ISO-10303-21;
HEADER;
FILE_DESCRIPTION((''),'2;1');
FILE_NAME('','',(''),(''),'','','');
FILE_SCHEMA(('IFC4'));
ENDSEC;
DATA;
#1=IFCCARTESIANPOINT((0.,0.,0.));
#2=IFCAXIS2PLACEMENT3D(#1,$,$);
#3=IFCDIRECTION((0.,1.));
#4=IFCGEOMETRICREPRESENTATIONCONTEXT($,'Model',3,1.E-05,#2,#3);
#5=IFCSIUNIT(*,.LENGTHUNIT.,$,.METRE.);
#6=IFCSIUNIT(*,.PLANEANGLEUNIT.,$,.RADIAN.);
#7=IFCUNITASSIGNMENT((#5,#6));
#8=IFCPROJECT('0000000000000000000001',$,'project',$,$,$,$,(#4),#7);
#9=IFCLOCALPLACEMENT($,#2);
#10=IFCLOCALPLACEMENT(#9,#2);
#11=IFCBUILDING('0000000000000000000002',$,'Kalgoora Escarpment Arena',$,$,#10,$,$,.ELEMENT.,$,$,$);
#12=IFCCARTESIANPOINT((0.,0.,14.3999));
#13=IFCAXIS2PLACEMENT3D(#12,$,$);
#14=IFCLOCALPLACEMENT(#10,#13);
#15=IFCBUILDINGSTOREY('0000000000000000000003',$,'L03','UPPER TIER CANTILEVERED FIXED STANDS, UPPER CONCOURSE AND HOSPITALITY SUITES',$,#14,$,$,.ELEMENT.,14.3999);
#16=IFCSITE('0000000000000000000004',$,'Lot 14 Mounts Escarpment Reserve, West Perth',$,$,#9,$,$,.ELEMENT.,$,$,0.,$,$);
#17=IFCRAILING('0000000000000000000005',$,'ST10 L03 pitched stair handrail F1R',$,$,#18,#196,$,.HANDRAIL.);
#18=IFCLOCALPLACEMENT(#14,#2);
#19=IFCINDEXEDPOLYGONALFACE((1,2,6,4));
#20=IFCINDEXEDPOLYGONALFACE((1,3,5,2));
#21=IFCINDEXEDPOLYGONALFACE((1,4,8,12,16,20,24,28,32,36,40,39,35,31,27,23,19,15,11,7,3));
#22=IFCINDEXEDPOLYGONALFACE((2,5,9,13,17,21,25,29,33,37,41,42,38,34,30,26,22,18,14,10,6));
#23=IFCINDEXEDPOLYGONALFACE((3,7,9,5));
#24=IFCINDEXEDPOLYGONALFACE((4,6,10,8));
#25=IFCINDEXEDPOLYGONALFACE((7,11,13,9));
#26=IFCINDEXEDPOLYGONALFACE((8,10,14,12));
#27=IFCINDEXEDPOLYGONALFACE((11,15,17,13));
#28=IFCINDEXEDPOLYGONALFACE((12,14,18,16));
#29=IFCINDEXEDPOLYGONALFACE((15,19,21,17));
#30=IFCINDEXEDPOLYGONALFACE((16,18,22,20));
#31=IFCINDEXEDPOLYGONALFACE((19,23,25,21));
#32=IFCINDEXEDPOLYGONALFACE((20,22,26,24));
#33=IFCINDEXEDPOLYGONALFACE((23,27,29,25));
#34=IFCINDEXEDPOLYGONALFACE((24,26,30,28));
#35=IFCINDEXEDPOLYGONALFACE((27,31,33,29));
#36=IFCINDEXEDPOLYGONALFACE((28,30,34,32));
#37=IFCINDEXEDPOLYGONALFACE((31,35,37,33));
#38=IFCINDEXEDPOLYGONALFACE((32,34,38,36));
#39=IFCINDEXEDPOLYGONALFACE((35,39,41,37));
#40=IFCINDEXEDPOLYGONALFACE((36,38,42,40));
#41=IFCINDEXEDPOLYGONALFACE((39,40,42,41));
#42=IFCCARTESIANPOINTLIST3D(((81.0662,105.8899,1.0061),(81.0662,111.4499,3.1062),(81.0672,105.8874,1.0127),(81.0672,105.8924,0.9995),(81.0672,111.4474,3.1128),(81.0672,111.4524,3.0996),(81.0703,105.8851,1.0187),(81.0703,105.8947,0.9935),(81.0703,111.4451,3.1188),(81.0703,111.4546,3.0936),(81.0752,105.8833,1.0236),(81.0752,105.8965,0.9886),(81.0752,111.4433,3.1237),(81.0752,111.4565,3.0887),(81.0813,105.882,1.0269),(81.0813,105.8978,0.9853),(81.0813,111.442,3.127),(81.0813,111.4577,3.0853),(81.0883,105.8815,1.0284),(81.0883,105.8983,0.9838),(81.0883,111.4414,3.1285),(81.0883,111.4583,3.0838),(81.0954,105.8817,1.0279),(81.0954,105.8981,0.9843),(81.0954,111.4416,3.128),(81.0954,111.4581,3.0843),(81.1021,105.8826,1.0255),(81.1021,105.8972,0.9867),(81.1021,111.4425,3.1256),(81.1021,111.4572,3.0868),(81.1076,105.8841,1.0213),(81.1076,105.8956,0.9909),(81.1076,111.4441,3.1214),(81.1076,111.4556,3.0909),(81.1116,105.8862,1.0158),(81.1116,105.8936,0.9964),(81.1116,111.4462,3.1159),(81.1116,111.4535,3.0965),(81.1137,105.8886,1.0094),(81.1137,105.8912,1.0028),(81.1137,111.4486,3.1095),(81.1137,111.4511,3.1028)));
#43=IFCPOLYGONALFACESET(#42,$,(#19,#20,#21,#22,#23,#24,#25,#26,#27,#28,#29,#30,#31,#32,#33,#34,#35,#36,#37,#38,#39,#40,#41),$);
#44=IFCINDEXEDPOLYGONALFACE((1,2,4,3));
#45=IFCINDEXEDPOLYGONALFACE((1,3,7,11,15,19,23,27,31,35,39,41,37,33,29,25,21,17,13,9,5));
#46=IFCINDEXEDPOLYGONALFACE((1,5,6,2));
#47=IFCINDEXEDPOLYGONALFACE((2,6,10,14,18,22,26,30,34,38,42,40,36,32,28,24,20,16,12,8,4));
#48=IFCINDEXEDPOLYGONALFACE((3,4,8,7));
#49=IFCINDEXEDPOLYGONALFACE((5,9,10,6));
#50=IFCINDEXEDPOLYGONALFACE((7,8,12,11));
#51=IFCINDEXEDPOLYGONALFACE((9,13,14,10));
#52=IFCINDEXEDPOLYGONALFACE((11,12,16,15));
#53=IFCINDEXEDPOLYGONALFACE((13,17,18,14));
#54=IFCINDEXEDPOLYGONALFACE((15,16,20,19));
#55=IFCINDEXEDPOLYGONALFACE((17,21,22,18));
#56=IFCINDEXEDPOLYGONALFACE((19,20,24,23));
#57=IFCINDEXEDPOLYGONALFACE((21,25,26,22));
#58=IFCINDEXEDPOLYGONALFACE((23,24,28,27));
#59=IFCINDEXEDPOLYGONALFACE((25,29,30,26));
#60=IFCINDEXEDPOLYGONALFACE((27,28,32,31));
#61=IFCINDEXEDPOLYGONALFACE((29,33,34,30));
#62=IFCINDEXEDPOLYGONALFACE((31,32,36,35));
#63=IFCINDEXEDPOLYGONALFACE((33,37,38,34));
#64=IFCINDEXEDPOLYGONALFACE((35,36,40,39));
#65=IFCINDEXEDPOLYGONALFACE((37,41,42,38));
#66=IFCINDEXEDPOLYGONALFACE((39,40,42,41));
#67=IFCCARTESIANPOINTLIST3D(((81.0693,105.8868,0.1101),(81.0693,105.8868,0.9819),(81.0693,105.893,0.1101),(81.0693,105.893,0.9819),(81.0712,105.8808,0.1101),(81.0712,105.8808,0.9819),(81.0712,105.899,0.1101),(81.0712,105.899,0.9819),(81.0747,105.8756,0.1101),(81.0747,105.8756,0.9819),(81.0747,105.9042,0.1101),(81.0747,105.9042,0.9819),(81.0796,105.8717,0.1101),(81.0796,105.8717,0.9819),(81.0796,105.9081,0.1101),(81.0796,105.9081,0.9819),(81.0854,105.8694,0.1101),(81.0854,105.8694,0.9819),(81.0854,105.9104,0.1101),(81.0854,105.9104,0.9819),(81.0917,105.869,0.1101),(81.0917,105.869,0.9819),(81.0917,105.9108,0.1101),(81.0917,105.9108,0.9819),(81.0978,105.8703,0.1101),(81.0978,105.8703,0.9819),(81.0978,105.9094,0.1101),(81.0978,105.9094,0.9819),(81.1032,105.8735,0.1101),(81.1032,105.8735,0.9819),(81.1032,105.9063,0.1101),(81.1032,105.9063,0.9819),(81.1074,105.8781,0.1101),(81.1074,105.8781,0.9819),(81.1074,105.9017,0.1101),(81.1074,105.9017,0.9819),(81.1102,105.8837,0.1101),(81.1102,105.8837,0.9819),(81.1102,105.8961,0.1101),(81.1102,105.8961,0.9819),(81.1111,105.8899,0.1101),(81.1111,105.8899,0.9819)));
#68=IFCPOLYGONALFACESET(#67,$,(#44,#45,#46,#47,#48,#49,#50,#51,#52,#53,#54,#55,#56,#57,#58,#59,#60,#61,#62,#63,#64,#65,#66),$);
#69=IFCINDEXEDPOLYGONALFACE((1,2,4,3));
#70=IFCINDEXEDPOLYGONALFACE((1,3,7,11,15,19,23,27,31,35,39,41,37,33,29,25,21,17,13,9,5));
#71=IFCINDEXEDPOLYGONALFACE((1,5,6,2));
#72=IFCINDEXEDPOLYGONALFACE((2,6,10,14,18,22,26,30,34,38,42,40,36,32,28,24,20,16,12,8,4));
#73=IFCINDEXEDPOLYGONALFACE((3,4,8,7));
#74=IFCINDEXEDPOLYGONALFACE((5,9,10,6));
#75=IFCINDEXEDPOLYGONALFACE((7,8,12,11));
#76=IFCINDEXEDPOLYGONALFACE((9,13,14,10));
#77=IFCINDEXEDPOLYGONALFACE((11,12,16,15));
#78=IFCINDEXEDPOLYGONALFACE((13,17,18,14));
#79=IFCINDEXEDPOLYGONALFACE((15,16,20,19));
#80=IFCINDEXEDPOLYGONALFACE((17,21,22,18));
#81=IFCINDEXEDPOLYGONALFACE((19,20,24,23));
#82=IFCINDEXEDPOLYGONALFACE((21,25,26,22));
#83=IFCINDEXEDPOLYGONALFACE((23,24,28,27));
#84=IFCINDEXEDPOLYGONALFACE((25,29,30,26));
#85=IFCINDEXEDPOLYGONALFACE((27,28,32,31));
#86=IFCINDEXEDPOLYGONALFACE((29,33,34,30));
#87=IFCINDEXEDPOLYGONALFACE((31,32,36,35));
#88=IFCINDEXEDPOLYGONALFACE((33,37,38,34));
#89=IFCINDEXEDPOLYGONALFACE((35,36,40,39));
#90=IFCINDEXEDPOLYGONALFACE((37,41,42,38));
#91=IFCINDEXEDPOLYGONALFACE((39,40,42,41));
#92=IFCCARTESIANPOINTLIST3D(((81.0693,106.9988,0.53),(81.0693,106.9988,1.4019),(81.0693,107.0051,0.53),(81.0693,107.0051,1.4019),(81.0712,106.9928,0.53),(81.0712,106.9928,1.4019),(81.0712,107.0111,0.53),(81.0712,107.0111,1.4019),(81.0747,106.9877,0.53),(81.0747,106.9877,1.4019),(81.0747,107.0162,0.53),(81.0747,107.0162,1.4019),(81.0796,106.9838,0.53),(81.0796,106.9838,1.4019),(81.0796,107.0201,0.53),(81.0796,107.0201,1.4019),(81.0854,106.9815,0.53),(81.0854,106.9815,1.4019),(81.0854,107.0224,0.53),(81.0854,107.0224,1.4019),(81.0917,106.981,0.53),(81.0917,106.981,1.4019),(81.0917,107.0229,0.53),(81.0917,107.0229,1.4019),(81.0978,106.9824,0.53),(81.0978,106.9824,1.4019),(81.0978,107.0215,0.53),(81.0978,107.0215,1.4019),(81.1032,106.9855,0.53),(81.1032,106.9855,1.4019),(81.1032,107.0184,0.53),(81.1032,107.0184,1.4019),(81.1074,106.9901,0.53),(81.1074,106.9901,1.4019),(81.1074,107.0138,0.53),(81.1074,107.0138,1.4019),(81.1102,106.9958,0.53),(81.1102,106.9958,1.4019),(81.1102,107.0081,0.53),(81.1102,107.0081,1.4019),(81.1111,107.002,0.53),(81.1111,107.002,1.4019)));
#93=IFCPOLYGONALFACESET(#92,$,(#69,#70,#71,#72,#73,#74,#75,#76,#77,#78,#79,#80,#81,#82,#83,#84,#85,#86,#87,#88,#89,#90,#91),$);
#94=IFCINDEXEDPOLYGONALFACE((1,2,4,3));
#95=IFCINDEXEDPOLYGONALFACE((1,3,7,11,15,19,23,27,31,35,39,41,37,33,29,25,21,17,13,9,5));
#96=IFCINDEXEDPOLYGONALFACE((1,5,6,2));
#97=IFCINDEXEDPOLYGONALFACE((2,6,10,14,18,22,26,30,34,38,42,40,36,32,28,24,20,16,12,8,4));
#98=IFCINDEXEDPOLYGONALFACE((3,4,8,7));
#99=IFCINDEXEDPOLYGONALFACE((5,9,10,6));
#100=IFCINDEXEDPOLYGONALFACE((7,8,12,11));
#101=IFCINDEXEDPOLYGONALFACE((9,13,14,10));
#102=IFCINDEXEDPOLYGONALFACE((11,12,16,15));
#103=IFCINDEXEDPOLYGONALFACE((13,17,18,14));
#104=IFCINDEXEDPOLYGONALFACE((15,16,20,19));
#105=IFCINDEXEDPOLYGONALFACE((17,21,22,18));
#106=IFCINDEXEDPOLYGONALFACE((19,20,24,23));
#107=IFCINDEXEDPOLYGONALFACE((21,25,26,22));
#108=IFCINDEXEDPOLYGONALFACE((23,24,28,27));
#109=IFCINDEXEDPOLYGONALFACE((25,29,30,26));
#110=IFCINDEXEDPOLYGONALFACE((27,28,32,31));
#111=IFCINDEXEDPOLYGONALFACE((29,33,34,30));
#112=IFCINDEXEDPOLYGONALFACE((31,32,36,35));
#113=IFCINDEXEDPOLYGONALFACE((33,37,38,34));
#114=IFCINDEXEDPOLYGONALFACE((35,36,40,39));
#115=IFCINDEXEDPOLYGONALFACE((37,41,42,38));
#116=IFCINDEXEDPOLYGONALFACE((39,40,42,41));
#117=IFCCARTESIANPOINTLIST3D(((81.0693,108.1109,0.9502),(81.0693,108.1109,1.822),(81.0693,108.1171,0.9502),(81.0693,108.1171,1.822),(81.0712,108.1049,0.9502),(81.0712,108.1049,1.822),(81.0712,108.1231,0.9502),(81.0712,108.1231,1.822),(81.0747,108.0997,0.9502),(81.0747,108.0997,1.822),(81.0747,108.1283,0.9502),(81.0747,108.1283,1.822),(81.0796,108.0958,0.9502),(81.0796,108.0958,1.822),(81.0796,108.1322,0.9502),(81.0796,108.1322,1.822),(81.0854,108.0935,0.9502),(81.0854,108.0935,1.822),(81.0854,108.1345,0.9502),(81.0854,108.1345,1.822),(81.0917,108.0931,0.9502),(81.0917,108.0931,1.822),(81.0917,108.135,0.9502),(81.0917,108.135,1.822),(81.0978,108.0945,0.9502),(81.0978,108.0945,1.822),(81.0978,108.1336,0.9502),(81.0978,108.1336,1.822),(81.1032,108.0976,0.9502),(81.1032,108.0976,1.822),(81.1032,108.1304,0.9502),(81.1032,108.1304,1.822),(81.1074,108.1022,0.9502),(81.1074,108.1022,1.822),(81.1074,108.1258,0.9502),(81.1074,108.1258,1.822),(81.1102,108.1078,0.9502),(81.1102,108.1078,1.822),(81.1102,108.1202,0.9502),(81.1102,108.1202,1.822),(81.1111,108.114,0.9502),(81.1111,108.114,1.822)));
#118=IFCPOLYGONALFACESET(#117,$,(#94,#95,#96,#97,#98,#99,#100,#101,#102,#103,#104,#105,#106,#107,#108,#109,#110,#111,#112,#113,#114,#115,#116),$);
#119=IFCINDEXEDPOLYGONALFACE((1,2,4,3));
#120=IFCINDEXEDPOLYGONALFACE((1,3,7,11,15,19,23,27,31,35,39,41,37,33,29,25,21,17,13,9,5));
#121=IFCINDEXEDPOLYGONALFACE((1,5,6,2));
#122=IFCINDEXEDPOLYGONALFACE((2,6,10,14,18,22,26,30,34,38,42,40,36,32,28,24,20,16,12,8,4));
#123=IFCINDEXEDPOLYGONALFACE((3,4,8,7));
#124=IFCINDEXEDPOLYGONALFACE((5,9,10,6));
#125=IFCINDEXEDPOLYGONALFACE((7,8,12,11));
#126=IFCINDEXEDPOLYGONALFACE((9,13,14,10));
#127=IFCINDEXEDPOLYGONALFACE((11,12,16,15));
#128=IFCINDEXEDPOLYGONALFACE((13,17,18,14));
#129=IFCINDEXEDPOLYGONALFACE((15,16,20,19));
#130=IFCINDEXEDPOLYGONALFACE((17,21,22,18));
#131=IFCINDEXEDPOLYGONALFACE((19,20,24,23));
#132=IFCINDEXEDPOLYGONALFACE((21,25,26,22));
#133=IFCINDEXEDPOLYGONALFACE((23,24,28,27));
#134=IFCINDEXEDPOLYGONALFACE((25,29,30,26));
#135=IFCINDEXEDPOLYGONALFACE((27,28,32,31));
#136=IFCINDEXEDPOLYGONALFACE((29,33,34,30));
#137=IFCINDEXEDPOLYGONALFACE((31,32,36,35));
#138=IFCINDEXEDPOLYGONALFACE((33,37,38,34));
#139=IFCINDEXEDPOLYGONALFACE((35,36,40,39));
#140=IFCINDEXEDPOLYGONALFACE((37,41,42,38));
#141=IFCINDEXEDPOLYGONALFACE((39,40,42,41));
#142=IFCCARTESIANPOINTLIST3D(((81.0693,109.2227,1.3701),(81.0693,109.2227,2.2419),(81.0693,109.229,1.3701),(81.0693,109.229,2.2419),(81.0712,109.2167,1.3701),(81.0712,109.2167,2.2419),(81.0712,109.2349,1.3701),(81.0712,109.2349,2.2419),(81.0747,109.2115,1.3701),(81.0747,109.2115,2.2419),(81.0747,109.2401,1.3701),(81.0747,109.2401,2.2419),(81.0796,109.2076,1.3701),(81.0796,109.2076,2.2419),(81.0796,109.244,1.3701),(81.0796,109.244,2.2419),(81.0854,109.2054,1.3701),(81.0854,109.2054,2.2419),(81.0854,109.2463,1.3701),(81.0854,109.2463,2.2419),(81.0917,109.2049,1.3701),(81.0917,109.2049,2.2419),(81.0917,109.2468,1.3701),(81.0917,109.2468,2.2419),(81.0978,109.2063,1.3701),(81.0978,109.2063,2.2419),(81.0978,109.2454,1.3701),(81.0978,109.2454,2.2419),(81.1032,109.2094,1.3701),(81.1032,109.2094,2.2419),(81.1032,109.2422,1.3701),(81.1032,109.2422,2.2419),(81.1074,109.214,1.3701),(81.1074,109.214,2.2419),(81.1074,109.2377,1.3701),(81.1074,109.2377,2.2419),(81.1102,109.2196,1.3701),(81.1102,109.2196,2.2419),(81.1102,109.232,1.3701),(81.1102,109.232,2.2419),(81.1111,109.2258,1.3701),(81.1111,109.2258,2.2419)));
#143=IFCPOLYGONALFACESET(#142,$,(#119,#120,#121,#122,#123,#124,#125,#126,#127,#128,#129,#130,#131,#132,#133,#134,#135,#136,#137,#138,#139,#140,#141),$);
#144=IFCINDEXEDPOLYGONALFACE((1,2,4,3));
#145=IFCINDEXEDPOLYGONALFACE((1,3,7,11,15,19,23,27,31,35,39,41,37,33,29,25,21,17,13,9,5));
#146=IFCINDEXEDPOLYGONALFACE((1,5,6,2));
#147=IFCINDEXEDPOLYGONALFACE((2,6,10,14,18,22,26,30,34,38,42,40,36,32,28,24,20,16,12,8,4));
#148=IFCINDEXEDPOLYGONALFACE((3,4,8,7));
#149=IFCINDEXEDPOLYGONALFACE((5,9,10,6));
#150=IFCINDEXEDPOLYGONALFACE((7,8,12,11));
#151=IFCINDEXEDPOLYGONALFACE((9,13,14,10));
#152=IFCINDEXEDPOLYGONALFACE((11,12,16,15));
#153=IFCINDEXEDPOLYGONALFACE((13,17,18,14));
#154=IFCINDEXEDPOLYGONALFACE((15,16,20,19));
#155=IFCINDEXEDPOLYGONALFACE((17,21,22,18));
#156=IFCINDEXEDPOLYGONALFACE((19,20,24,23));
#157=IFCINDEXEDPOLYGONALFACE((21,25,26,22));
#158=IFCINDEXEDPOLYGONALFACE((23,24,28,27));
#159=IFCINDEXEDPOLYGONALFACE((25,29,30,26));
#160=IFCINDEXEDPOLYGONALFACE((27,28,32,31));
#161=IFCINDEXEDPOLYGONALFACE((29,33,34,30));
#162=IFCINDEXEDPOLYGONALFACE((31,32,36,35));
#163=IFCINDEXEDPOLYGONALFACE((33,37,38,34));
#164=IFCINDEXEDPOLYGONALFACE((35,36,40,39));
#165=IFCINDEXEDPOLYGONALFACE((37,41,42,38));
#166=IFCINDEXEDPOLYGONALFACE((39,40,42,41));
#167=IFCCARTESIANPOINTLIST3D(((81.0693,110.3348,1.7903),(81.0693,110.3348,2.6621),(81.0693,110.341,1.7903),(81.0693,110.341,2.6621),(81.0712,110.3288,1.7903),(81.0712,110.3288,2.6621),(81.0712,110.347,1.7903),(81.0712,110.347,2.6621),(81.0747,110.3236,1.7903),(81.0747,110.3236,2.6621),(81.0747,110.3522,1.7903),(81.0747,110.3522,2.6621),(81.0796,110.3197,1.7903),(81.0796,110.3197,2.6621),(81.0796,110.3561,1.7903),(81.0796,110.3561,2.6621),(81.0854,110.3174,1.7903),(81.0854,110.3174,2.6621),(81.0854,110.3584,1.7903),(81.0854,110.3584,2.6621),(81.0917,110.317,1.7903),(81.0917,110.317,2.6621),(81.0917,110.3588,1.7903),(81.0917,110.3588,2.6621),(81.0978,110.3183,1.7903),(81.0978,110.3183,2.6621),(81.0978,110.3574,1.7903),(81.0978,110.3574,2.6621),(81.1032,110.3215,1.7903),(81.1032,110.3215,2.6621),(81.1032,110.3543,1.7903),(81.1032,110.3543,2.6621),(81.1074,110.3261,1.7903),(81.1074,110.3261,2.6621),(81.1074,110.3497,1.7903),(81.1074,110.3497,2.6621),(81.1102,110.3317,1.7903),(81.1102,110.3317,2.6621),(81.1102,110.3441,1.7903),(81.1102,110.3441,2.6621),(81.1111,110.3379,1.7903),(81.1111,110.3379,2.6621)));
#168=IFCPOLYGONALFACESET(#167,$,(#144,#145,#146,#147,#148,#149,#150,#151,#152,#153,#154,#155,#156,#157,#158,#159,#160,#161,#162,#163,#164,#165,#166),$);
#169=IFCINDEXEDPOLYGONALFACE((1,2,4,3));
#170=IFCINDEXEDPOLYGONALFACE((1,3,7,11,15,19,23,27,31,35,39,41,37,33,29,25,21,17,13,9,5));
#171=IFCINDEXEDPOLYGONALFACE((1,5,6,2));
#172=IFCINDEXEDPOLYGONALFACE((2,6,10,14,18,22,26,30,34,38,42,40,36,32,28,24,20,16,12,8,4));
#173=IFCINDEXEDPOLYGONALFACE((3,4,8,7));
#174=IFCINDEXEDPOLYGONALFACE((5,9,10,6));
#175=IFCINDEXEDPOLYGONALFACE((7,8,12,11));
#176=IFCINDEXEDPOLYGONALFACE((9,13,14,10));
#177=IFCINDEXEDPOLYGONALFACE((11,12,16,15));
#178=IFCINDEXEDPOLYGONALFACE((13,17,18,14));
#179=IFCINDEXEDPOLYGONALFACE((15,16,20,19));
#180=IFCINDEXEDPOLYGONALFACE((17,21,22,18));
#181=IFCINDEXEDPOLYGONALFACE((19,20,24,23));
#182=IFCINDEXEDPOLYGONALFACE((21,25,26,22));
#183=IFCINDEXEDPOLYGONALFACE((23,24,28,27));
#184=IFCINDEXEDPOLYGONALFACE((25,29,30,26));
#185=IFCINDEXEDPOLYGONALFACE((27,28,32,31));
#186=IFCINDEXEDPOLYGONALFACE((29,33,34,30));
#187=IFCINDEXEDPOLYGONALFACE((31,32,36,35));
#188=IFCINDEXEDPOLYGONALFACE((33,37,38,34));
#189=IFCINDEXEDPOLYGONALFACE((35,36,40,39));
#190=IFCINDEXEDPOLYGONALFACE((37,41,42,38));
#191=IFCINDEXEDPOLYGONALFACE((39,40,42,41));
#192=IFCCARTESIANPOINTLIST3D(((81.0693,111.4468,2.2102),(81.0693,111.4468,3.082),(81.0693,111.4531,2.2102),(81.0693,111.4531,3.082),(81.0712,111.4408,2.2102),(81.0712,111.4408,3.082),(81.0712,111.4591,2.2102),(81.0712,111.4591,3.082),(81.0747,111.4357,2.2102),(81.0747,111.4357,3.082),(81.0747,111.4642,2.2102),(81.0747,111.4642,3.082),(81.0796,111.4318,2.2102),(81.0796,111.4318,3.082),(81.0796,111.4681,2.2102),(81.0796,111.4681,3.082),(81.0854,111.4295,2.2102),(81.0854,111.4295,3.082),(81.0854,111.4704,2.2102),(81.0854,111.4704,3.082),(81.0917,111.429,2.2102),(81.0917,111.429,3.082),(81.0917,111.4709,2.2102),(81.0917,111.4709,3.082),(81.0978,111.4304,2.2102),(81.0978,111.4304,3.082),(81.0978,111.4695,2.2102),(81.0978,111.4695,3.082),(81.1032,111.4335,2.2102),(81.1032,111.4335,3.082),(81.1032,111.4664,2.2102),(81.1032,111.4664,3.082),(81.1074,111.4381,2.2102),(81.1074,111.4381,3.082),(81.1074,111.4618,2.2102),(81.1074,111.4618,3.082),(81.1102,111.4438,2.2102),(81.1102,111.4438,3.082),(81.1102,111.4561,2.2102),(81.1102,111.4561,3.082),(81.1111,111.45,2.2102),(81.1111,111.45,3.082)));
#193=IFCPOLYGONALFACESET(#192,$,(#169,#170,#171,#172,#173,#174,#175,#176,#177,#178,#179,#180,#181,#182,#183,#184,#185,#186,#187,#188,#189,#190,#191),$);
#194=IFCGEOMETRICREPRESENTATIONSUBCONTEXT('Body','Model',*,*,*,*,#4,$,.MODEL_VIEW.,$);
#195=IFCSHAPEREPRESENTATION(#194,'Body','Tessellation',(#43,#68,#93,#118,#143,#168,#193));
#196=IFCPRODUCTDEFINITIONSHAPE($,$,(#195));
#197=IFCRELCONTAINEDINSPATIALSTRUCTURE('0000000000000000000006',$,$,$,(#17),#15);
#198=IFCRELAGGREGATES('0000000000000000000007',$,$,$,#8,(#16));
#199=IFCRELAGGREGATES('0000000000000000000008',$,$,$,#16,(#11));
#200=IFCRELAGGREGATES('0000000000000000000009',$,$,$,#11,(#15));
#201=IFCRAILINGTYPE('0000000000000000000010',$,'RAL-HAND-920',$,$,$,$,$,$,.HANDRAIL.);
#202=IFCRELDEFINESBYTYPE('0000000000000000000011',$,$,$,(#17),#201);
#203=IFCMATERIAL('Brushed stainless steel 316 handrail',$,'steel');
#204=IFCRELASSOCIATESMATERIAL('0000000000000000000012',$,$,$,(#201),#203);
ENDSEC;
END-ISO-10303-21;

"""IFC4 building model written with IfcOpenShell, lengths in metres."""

from ifc_helpers import new_model, si_unit, direction, frame, origin, origin_2d, place, context, subcontext, project, spatial, circle, extrude, material, type_object, element, save


model = new_model("IFC4")

# Units and contexts
model_context = context("Model", 3, precision=1e-05, world=origin(), true_north=direction((0.0, 1.0)))
body_context = subcontext(model_context, "Body", "Model", "MODEL_VIEW")
ifc_project = project(units=[si_unit("LENGTHUNIT", "METRE"), si_unit("PLANEANGLEUNIT", "RADIAN")], contexts=[model_context])

# Site, building, storey
site_placement = place(None, origin())
site = spatial("IfcSite", under=ifc_project, at=site_placement, Name="Lot 14 Mounts Escarpment Reserve, West Perth", CompositionType="ELEMENT", RefElevation=0.0)
building_placement = place(site_placement, origin())
building = spatial("IfcBuilding", under=site, at=building_placement, Name="Kalgoora Escarpment Arena", CompositionType="ELEMENT")
storey_placement = place(building_placement, frame((0.0, 0.0, 14.3999)))
storey = spatial("IfcBuildingStorey", under=building, at=storey_placement, Name="L03", Description="UPPER TIER CANTILEVERED FIXED STANDS, UPPER CONCOURSE AND HOSPITALITY SUITES", CompositionType="ELEMENT", Elevation=14.3999)

# Railing
ifc_material_1 = material(Name="Brushed stainless steel 316 handrail", Category="steel")
railing_type_1 = type_object("IfcRailingType", Name="RAL-HAND-920", PredefinedType="HANDRAIL", material=ifc_material_1)
for number, where, name in (
    (1, (81.0901, 105.8899, 0.1101), "ST10 L03 pitched stair handrail F1R"),
):
    element("IfcRailing", number, at=place(storey_placement, frame(where)), inside=storey, type_object=railing_type_1, Name=name, PredefinedType="HANDRAIL", context=body_context, shape_type="SweptSolid", body=[
        extrude(circle(Radius=0.0239, at=origin_2d()), frame((0.0, 0.0, 0.896), z_axis=(0.0, 0.935493, 0.353346), x_axis=(-1.0, 0.0, 0.0)), (0.0, 0.0, 1.0), 5.9434),
        extrude(circle(Radius=0.021, at=origin_2d()), origin(), (0.0, 0.0, 1.0), 0.8718),
        extrude(circle(Radius=0.021, at=origin_2d()), frame((0.0, 1.1121, 0.4199)), (0.0, 0.0, 1.0), 0.8718),
        extrude(circle(Radius=0.021, at=origin_2d()), frame((0.0, 2.2241, 0.8401)), (0.0, 0.0, 1.0), 0.8718),
        extrude(circle(Radius=0.021, at=origin_2d()), frame((0.0, 3.3359, 1.26)), (0.0, 0.0, 1.0), 0.8718),
        extrude(circle(Radius=0.021, at=origin_2d()), frame((0.0, 4.448, 1.6802)), (0.0, 0.0, 1.0), 0.8718),
        extrude(circle(Radius=0.021, at=origin_2d()), frame((0.0, 5.5601, 2.1001)), (0.0, 0.0, 1.0), 0.8718),
    ])

save(model, "model.ifc")
